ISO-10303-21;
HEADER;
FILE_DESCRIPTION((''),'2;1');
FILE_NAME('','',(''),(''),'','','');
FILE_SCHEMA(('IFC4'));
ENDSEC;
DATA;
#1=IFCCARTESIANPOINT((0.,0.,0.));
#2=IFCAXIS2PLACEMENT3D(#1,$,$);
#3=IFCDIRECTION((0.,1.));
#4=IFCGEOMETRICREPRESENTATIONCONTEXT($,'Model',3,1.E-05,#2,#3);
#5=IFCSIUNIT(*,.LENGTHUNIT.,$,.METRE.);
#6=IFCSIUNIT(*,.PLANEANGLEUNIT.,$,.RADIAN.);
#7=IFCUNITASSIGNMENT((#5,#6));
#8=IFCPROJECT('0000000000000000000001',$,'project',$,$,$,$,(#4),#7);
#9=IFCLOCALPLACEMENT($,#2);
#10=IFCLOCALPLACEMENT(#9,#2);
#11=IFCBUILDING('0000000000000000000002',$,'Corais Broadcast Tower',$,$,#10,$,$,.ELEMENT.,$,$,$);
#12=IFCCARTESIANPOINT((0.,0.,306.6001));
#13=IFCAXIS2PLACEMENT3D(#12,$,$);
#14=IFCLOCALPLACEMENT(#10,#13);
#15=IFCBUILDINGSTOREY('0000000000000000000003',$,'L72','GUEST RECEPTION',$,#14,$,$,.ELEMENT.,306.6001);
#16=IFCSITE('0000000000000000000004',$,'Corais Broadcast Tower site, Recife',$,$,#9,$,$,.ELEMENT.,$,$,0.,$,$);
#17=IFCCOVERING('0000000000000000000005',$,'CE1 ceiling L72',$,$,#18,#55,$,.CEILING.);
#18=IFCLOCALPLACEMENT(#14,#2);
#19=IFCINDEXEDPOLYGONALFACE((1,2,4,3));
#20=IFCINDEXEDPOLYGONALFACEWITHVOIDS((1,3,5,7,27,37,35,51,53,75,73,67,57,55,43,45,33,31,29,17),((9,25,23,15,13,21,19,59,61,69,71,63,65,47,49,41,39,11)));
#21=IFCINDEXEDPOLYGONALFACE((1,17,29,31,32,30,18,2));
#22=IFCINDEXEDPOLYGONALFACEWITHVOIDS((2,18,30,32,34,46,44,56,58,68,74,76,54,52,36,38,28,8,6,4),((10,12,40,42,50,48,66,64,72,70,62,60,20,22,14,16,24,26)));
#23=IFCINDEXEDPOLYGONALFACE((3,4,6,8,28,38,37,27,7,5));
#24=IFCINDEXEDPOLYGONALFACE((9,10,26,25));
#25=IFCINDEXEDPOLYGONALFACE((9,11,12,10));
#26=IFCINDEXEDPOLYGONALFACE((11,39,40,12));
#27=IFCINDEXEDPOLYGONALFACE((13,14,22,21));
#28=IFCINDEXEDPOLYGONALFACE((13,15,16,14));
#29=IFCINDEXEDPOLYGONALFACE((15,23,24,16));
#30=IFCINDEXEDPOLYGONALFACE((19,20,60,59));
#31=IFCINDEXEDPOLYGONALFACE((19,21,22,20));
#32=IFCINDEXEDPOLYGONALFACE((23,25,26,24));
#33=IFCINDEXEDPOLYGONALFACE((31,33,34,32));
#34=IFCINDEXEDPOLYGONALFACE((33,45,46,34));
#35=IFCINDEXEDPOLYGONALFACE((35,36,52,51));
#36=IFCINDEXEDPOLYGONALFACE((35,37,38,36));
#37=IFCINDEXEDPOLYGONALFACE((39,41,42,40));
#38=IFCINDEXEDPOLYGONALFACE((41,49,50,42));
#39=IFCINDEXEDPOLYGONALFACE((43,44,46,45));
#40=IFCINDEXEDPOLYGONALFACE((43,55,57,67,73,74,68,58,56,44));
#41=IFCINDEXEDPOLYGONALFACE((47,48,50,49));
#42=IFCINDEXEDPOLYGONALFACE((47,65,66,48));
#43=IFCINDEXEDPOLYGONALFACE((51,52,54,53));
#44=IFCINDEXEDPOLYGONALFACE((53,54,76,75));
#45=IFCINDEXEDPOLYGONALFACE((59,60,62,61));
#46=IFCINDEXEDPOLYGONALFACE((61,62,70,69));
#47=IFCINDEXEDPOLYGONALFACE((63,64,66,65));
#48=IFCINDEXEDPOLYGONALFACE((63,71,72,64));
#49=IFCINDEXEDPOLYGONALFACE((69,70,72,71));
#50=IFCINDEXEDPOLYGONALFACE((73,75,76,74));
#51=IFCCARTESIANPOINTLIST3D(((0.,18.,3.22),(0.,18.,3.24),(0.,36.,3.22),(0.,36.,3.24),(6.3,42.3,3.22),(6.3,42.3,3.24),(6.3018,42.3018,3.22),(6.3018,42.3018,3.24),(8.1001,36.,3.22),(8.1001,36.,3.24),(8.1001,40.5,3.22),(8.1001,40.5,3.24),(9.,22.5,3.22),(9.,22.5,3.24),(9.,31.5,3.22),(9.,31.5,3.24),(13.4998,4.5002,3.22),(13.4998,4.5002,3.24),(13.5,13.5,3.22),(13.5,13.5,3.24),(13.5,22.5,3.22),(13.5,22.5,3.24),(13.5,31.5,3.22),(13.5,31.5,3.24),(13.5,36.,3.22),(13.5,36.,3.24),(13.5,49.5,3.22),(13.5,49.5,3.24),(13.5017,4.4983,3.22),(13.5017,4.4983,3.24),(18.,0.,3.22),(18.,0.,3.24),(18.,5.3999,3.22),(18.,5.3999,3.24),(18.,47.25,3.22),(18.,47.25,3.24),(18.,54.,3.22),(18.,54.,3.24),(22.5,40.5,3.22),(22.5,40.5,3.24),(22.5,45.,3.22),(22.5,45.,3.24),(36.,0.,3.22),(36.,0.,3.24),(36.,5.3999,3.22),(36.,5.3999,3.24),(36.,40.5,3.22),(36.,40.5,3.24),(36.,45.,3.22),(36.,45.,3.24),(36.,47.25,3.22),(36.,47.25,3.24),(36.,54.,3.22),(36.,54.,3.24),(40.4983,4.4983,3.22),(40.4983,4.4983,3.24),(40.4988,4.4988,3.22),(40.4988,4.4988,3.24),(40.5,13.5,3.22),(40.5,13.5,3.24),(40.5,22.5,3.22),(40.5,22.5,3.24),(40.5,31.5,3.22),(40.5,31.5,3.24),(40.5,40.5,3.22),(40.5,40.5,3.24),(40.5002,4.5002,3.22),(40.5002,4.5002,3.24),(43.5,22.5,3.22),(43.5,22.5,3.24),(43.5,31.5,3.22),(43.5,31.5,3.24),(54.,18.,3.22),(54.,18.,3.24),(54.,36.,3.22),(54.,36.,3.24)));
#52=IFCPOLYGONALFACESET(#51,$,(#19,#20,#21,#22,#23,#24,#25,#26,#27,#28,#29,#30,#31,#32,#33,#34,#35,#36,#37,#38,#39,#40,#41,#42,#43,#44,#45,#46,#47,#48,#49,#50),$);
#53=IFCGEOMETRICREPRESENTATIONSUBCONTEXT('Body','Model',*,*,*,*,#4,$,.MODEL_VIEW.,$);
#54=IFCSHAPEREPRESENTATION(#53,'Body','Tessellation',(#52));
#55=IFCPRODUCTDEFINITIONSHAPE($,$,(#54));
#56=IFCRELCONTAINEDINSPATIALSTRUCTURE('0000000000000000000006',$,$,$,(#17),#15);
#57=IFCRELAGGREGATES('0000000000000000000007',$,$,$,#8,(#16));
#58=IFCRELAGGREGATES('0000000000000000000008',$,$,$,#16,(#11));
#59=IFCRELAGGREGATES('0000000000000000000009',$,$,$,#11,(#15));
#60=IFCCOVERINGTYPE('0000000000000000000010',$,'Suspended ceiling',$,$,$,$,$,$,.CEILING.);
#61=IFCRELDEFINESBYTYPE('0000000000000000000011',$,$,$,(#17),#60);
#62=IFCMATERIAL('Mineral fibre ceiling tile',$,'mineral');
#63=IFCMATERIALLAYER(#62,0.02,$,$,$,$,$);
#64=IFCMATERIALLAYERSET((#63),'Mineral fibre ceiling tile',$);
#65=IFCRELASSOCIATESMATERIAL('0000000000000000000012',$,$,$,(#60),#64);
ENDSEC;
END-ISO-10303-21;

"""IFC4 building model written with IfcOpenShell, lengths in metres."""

from ifc_helpers import new_model, si_unit, direction, frame, origin, place, context, subcontext, project, spatial, polyline, outline, extrude, material, layer, layer_set, type_object, element, save


model = new_model("IFC4")

# Units and contexts
model_context = context("Model", 3, precision=1e-05, world=origin(), true_north=direction((0.0, 1.0)))
body_context = subcontext(model_context, "Body", "Model", "MODEL_VIEW")
ifc_project = project(units=[si_unit("LENGTHUNIT", "METRE"), si_unit("PLANEANGLEUNIT", "RADIAN")], contexts=[model_context])

# Site, building, storey
site_placement = place(None, origin())
site = spatial("IfcSite", under=ifc_project, at=site_placement, Name="Corais Broadcast Tower site, Recife", CompositionType="ELEMENT", RefElevation=0.0)
building_placement = place(site_placement, origin())
building = spatial("IfcBuilding", under=site, at=building_placement, Name="Corais Broadcast Tower", CompositionType="ELEMENT")
storey_placement = place(building_placement, frame((0.0, 0.0, 306.6001)))
storey = spatial("IfcBuildingStorey", under=building, at=storey_placement, Name="L72", Description="GUEST RECEPTION", CompositionType="ELEMENT", Elevation=306.6001)

# Covering
ifc_material_1 = material(Name="Mineral fibre ceiling tile", Category="mineral")
ifc_layer_1 = layer(ifc_material_1, 0.02)
ifc_layer_set_1 = layer_set([ifc_layer_1], Name="Mineral fibre ceiling tile")
covering_type_1 = type_object("IfcCoveringType", Name="Suspended ceiling", PredefinedType="CEILING", material=ifc_layer_set_1)
covering_1_placement = place(storey_placement, frame((0.0, 0.0, 3.22)))
element("IfcCovering", 1, at=covering_1_placement, inside=storey, type_object=covering_type_1, Name="CE1 ceiling L72", PredefinedType="CEILING", context=body_context, shape_type="SweptSolid", body=[
    extrude(outline(polyline([(6.3, 42.3), (6.3018, 42.3018), (13.5, 49.5), (18.0, 54.0), (18.0, 47.25), (36.0, 47.25), (36.0, 54.0), (54.0, 36.0), (54.0, 18.0), (40.5002, 4.5002), (40.4988, 4.4988), (40.4983, 4.4983), (36.0, 0.0), (36.0, 5.3999), (18.0, 5.3999), (18.0, 0.0), (13.5017, 4.4983), (13.4998, 4.5002), (0.0, 18.0), (0.0, 36.0), (6.3, 42.3)]), holes=[polyline([(43.5, 31.5), (40.5, 31.5), (40.5, 40.5), (36.0, 40.5), (36.0, 45.0), (22.5, 45.0), (22.5, 40.5), (8.1001, 40.5), (8.1001, 36.0), (13.5, 36.0), (13.5, 31.5), (9.0, 31.5), (9.0, 22.5), (13.5, 22.5), (13.5, 13.5), (40.5, 13.5), (40.5, 22.5), (43.5, 22.5), (43.5, 31.5)])]), origin(), (0.0, 0.0, 1.0), 0.02),
])

save(model, "model.ifc")
